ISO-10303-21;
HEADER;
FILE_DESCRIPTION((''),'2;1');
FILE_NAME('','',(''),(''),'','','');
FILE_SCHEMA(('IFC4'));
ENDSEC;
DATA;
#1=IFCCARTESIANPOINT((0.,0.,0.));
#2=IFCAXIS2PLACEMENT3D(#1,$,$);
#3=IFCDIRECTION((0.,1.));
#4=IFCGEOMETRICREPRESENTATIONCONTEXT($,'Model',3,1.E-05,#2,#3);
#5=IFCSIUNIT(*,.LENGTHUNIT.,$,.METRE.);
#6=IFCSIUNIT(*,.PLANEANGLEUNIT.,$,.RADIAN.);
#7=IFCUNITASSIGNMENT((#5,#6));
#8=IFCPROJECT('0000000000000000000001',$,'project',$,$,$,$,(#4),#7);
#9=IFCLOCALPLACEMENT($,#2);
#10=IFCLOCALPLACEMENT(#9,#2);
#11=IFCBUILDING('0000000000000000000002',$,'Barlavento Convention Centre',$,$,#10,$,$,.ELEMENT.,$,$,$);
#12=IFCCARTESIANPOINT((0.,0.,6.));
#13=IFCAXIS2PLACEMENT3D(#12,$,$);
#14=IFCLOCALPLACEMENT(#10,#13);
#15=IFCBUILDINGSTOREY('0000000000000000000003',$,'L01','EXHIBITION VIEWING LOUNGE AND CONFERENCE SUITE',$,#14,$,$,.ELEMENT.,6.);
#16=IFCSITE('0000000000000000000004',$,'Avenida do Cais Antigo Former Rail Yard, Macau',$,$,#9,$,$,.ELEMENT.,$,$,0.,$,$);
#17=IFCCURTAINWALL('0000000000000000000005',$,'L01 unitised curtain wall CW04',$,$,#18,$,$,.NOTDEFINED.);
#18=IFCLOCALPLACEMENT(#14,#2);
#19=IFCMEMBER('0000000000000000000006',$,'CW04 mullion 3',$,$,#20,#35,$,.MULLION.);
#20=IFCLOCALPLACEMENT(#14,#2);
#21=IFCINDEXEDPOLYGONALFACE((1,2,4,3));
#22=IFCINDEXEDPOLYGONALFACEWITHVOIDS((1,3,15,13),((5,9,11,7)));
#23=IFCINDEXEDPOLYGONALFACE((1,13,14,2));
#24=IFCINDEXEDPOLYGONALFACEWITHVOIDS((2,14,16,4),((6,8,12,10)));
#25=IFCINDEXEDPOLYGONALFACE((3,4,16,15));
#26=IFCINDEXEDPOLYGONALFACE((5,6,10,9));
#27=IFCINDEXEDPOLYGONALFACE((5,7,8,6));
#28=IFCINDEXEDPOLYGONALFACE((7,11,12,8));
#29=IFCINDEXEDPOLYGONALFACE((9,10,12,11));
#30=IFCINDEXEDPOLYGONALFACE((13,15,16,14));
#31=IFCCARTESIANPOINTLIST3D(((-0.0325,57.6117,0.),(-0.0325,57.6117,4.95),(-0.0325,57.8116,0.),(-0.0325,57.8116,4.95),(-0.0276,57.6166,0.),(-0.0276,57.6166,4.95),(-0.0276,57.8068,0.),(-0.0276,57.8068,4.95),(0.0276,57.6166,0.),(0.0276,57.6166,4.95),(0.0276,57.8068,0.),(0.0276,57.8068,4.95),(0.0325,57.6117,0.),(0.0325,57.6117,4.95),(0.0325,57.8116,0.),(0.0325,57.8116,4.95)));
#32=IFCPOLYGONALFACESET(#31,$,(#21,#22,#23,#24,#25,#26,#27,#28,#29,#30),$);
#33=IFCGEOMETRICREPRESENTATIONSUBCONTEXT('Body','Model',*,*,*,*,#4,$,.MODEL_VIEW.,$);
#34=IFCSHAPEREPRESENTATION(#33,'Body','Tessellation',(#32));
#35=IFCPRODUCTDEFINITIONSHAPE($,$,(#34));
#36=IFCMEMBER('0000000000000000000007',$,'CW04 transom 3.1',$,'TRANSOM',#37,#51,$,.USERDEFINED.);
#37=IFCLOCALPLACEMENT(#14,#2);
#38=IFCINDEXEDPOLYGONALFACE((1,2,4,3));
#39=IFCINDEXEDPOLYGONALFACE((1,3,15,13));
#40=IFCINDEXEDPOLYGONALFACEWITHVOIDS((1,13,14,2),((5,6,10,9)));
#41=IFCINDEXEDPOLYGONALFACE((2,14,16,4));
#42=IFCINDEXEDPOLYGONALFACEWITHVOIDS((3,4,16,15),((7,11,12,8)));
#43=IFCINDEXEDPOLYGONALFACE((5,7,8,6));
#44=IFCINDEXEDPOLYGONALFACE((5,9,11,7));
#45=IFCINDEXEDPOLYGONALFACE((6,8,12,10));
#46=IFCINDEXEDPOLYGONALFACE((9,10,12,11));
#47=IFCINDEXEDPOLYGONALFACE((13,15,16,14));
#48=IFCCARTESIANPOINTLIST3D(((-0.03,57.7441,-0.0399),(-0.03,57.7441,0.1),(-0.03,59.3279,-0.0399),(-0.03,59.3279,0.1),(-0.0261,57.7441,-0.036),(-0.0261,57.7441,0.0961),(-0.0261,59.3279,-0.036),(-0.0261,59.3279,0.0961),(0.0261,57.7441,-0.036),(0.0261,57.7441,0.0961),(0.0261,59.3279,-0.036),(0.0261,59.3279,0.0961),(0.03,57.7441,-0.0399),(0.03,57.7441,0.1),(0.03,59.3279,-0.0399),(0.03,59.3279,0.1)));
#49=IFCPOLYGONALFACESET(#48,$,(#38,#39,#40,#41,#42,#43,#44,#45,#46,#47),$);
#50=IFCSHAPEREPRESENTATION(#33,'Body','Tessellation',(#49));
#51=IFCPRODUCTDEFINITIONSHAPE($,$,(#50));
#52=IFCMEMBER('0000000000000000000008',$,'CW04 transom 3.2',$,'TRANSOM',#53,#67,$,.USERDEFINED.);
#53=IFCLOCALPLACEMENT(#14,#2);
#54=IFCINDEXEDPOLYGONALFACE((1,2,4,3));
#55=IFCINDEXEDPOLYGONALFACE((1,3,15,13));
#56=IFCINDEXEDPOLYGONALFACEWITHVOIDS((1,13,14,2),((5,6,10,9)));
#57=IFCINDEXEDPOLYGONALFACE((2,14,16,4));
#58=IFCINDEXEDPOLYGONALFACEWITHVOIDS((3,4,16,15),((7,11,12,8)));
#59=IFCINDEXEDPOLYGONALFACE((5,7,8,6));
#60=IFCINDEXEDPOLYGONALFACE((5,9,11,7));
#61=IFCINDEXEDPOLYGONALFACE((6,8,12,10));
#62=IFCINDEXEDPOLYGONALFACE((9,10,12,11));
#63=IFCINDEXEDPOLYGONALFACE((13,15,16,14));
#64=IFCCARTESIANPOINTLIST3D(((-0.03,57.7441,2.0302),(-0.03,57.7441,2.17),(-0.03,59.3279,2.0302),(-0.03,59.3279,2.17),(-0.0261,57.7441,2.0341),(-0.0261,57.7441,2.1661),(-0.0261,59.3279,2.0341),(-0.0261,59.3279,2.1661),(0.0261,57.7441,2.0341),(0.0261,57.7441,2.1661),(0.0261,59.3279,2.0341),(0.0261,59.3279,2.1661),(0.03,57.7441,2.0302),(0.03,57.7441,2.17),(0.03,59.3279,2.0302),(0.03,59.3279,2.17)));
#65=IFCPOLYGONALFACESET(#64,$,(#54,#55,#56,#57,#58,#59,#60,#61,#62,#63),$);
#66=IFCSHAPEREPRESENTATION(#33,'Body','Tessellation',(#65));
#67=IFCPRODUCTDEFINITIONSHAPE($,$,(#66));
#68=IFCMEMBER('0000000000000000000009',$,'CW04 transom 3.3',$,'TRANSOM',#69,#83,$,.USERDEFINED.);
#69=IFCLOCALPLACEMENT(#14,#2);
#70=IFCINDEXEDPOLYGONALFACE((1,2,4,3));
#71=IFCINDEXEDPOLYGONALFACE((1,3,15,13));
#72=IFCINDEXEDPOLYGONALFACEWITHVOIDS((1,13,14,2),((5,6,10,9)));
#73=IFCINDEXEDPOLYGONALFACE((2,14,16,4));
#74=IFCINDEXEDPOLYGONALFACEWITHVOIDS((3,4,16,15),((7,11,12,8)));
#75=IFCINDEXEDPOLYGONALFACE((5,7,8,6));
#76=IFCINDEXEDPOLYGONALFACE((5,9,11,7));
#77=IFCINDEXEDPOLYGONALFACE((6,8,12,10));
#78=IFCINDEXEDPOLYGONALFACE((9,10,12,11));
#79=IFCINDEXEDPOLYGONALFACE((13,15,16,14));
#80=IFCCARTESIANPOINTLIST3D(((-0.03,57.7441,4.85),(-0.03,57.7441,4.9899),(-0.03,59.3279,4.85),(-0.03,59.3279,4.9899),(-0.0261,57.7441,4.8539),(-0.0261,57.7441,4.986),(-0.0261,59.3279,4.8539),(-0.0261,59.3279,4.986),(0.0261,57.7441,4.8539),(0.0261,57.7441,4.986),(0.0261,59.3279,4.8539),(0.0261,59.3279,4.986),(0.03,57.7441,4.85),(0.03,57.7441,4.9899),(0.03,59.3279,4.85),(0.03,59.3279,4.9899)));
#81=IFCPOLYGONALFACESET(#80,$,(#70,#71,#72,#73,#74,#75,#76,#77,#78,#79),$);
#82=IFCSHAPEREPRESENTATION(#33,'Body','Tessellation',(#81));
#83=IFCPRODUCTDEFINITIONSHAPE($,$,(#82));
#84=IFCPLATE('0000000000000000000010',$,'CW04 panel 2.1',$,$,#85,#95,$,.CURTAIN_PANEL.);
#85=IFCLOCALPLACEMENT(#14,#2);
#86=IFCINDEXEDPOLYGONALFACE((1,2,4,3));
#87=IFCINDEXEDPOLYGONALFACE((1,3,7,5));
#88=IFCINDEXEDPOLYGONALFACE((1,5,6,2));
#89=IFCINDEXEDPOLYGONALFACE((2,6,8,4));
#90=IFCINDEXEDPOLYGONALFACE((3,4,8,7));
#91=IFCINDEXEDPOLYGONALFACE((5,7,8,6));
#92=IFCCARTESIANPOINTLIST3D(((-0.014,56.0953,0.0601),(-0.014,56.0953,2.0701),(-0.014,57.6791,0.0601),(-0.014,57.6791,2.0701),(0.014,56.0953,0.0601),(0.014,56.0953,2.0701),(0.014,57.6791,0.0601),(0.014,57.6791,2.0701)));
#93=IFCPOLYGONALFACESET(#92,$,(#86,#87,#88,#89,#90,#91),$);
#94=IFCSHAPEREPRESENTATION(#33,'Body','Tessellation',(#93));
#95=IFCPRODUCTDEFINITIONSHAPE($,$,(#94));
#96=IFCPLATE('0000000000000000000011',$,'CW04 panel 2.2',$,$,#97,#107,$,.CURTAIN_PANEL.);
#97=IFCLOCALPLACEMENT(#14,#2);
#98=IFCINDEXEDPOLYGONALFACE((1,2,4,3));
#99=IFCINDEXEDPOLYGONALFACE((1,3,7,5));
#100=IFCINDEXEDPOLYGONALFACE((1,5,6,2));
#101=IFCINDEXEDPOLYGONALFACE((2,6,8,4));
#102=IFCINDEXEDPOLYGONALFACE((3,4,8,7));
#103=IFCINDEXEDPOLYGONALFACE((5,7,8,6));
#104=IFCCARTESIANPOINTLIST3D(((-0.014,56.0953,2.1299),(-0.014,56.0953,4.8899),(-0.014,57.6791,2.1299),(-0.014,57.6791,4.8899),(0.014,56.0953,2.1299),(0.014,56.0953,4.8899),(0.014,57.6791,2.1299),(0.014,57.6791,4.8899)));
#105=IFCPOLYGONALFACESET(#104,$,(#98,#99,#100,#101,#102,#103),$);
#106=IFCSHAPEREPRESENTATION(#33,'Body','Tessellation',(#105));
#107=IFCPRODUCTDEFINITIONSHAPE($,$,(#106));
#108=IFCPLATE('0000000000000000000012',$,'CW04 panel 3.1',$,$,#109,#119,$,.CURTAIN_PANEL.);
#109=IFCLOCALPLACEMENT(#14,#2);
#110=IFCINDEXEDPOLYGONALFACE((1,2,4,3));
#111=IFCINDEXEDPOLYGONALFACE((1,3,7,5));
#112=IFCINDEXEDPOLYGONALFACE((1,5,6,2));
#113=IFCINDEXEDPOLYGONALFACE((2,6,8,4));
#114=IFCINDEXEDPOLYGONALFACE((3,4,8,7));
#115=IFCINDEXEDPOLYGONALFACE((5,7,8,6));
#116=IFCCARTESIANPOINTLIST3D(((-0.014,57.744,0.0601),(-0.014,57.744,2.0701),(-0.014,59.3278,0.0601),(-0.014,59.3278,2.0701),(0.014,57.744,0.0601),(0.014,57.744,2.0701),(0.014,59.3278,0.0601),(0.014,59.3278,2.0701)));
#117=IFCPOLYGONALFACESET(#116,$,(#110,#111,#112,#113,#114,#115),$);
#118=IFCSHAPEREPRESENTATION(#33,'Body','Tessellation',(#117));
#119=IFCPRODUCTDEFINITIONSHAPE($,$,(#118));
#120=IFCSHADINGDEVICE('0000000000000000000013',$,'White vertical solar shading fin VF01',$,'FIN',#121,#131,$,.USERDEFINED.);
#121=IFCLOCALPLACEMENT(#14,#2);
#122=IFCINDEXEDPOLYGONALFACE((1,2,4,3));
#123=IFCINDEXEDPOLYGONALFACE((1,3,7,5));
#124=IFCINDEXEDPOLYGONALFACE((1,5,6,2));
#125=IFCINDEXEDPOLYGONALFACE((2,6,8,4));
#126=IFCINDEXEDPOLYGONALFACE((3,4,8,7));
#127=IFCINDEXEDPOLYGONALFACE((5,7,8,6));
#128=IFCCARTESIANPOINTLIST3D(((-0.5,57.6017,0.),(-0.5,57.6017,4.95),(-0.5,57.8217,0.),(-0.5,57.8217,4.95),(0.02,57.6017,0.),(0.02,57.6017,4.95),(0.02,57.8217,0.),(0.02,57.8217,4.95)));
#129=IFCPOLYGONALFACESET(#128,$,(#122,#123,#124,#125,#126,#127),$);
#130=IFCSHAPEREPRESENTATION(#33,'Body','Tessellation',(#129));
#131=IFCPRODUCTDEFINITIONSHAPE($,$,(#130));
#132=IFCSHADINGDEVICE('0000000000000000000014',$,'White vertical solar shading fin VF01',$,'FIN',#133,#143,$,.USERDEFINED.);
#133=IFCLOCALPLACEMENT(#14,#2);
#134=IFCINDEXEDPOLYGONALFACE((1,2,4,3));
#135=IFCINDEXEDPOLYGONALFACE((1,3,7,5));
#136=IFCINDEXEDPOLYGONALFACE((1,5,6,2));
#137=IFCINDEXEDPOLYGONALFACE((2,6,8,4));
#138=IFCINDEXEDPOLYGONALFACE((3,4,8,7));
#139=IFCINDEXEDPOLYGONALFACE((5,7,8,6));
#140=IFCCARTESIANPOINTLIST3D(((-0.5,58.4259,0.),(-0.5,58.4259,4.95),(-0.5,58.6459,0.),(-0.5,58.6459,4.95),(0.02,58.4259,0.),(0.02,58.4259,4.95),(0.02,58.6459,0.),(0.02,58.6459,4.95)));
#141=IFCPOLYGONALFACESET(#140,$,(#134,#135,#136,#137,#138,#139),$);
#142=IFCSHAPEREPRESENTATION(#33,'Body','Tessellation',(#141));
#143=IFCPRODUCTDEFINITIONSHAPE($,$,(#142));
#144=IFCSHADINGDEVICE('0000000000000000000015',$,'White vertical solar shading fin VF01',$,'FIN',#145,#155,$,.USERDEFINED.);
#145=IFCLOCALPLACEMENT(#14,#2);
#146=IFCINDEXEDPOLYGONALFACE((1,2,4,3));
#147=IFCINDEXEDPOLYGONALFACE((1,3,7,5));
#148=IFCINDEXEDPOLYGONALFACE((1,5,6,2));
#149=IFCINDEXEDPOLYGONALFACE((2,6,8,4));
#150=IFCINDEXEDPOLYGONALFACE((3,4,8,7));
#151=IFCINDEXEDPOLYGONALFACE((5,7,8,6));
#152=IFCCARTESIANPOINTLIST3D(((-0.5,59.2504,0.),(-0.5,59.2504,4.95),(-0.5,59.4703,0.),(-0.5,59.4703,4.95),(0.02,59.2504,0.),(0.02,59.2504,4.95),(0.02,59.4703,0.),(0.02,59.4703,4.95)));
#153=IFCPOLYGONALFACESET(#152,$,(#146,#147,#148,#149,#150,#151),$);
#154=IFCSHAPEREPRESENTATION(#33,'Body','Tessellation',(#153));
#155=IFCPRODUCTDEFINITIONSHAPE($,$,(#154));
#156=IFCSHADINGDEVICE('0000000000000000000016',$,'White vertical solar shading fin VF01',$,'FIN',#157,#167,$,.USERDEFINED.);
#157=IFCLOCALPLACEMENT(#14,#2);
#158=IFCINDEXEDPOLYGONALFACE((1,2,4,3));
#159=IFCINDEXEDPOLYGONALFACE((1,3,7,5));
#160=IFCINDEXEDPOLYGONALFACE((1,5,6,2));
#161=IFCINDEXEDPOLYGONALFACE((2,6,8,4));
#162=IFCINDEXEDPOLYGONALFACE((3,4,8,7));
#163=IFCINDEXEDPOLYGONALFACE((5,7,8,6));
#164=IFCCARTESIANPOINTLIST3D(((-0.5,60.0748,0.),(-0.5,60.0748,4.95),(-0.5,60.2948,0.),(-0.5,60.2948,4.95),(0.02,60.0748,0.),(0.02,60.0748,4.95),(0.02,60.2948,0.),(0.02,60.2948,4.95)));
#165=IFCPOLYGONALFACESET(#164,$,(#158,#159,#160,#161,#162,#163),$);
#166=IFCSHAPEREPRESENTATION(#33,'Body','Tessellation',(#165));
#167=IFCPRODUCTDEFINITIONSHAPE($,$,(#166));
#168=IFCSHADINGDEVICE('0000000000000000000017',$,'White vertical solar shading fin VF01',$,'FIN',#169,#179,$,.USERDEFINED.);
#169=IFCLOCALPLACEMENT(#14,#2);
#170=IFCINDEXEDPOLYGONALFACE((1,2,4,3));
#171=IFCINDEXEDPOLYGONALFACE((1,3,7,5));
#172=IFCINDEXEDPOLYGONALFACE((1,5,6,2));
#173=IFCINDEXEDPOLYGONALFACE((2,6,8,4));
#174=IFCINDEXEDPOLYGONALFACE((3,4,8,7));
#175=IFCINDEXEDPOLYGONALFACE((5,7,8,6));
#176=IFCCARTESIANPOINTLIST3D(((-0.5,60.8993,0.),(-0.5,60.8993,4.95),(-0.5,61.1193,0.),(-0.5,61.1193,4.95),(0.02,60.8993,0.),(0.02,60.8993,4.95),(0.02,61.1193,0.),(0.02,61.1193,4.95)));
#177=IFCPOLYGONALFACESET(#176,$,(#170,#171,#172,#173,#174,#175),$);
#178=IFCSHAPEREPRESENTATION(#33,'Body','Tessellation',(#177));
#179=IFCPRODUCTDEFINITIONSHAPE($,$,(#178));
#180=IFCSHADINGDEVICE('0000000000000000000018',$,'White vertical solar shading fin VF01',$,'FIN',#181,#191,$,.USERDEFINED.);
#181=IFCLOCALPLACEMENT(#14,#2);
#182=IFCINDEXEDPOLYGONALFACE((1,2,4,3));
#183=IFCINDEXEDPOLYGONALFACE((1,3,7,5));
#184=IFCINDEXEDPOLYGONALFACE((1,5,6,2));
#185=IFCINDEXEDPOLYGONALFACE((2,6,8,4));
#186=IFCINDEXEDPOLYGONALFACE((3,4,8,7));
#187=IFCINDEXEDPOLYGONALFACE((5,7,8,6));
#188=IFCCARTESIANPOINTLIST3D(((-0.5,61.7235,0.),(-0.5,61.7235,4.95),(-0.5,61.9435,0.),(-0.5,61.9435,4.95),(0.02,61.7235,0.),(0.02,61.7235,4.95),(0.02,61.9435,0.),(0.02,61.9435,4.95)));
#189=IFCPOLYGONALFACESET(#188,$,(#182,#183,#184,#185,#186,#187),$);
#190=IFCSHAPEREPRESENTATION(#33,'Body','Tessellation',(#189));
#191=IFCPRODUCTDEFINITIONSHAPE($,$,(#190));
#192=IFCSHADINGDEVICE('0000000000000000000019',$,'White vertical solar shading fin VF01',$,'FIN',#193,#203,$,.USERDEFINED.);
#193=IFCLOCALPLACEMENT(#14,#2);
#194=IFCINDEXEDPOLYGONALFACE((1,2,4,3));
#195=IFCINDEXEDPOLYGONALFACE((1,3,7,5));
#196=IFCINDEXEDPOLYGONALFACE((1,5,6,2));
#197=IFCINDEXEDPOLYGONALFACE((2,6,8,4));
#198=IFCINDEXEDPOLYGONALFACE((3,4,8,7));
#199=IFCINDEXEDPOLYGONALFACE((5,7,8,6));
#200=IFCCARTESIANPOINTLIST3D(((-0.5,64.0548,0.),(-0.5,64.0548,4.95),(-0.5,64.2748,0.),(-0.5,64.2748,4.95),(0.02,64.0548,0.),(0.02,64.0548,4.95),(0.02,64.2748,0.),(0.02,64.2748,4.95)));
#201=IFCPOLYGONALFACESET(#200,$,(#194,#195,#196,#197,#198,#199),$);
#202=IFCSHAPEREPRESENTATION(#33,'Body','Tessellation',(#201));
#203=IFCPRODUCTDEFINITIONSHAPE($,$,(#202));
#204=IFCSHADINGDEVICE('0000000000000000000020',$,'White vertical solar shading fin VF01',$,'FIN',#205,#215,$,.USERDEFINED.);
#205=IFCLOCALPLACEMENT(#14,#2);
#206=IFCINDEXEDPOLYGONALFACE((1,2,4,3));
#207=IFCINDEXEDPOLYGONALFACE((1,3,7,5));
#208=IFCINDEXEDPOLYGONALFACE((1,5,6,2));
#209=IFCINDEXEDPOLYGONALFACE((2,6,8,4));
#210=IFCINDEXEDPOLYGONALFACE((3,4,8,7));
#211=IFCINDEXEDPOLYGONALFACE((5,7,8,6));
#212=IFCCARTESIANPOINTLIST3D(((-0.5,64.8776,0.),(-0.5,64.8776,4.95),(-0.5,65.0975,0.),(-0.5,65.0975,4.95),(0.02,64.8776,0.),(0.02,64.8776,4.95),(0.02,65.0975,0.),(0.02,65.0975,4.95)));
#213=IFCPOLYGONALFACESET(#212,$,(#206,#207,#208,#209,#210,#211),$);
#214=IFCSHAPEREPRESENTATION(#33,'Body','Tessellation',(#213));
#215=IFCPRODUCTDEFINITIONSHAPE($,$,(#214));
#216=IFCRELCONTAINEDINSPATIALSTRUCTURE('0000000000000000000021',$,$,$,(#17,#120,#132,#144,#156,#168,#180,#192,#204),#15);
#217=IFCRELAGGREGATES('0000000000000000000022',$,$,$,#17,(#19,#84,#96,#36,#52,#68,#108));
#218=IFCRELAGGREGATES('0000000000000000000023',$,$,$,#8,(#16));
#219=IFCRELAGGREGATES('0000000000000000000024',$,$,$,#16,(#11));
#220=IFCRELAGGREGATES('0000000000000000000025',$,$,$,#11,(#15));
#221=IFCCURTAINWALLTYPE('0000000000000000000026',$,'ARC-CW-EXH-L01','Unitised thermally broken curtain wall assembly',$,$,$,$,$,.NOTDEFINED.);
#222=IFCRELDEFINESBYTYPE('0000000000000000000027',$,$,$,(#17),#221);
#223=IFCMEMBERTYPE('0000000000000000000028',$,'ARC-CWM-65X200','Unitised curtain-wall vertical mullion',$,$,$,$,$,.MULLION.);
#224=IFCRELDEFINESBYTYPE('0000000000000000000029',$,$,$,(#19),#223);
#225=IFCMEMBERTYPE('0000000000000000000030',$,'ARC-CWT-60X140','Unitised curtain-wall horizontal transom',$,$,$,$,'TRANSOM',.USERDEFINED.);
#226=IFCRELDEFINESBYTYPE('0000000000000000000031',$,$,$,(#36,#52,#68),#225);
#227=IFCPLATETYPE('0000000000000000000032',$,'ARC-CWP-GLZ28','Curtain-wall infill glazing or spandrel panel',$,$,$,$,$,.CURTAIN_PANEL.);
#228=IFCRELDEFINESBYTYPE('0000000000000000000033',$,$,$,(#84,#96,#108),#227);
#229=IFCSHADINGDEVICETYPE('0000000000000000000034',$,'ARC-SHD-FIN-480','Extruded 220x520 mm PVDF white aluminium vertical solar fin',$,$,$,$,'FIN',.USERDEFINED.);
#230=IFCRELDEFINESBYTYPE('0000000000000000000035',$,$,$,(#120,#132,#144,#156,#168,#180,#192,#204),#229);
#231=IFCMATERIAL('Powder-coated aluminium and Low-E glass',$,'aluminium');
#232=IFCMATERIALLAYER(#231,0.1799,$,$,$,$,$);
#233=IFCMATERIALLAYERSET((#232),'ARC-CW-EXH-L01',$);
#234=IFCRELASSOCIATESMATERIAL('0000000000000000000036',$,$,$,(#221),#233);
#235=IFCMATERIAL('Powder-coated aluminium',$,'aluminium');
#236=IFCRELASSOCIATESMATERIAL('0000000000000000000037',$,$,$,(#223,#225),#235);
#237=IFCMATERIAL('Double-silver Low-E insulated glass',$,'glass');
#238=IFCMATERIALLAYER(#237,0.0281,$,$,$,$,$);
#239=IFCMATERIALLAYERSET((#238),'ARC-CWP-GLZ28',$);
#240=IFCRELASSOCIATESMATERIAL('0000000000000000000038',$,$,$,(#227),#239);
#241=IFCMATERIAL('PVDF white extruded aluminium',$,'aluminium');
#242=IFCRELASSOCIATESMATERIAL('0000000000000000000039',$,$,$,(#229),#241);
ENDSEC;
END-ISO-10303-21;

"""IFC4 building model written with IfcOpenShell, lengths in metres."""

from ifc_helpers import new_model, si_unit, direction, frame, origin, origin_2d, place, context, subcontext, project, spatial, rectangle, hollow_rectangle, extrude, material, layer, layer_set, material_profile, profile_set, type_object, element, aggregate, save


model = new_model("IFC4")

# Units and contexts
model_context = context("Model", 3, precision=1e-05, world=origin(), true_north=direction((0.0, 1.0)))
body_context = subcontext(model_context, "Body", "Model", "MODEL_VIEW")
ifc_project = project(units=[si_unit("LENGTHUNIT", "METRE"), si_unit("PLANEANGLEUNIT", "RADIAN")], contexts=[model_context])

# Site, building, storey
site_placement = place(None, origin())
site = spatial("IfcSite", under=ifc_project, at=site_placement, Name="Avenida do Cais Antigo Former Rail Yard, Macau", CompositionType="ELEMENT", RefElevation=0.0)
building_placement = place(site_placement, origin())
building = spatial("IfcBuilding", under=site, at=building_placement, Name="Barlavento Convention Centre", CompositionType="ELEMENT")
storey_placement = place(building_placement, frame((0.0, 0.0, 6.0)))
storey = spatial("IfcBuildingStorey", under=building, at=storey_placement, Name="L01", Description="EXHIBITION VIEWING LOUNGE AND CONFERENCE SUITE", CompositionType="ELEMENT", Elevation=6.0)

# Curtain wall, members, plates
ifc_material_1 = material(Name="Powder-coated aluminium and Low-E glass", Category="aluminium")
ifc_layer_1 = layer(ifc_material_1, 0.1799)
ifc_layer_set_1 = layer_set([ifc_layer_1], Name="ARC-CW-EXH-L01")
curtain_wall_type = type_object("IfcCurtainWallType", Name="ARC-CW-EXH-L01", Description="Unitised thermally broken curtain wall assembly", PredefinedType="NOTDEFINED", material=ifc_layer_set_1)
curtain_wall_placement = place(storey_placement, origin())
curtain_wall = element("IfcCurtainWall", 1, at=curtain_wall_placement, inside=storey, type_object=curtain_wall_type, Name="L01 unitised curtain wall CW04", PredefinedType="NOTDEFINED")
ifc_material_2 = material(Name="Powder-coated aluminium", Category="aluminium")
ifc_material_profile_1 = material_profile(ifc_material_2, hollow_rectangle(XDim=0.0649, YDim=0.2, WallThickness=0.0049, at=origin_2d()), Name="AL-MULL 65x200x5")
ifc_profile_set_1 = profile_set([ifc_material_profile_1], Name="Powder-coated aluminium")
member_type_1 = type_object("IfcMemberType", Name="ARC-CWM-65X200", Description="Unitised curtain-wall vertical mullion", PredefinedType="MULLION", material=ifc_profile_set_1)
member_1_placement = place(storey_placement, frame((0.0, 57.7117, 0.0), z_axis=(0.0, 0.0, 1.0), x_axis=(-1.0, 0.0, 0.0)))
member_1 = element("IfcMember", 2, at=member_1_placement, type_object=member_type_1, Name="CW04 mullion 3", PredefinedType="MULLION", context=body_context, shape_type="SweptSolid", body=[
    extrude(hollow_rectangle(XDim=0.0649, YDim=0.2, WallThickness=0.0049, at=origin_2d()), origin(), (0.0, 0.0, 1.0), 4.95),
])
ifc_material_profile_2 = material_profile(ifc_material_2, hollow_rectangle(XDim=0.0601, YDim=0.1399, WallThickness=0.0039, at=origin_2d()), Name="AL-TRAN 60x140x4")
ifc_profile_set_2 = profile_set([ifc_material_profile_2], Name="Powder-coated aluminium")
member_type_2 = type_object("IfcMemberType", Name="ARC-CWT-60X140", Description="Unitised curtain-wall horizontal transom", ElementType="TRANSOM", PredefinedType="USERDEFINED", material=ifc_profile_set_2)
member_2_placement = place(storey_placement, frame((0.0, 57.7441, 0.03), z_axis=(0.0, 1.0, 0.0), x_axis=(-1.0, 0.0, 0.0)))
member_2 = element("IfcMember", 3, at=member_2_placement, type_object=member_type_2, Name="CW04 transom 3.1", ObjectType="TRANSOM", PredefinedType="USERDEFINED", context=body_context, shape_type="SweptSolid", body=[
    extrude(hollow_rectangle(XDim=0.0601, YDim=0.1399, WallThickness=0.0039, at=origin_2d()), origin(), (0.0, 0.0, 1.0), 1.5837),
])
member_3_placement = place(storey_placement, frame((0.0, 57.7441, 2.1001), z_axis=(0.0, 1.0, 0.0), x_axis=(-1.0, 0.0, 0.0)))
member_3 = element("IfcMember", 4, at=member_3_placement, type_object=member_type_2, Name="CW04 transom 3.2", ObjectType="TRANSOM", PredefinedType="USERDEFINED", context=body_context, shape_type="SweptSolid", body=[
    extrude(hollow_rectangle(XDim=0.0601, YDim=0.1399, WallThickness=0.0039, at=origin_2d()), origin(), (0.0, 0.0, 1.0), 1.5837),
])
member_4_placement = place(storey_placement, frame((0.0, 57.7441, 4.9199), z_axis=(0.0, 1.0, 0.0), x_axis=(-1.0, 0.0, 0.0)))
member_4 = element("IfcMember", 5, at=member_4_placement, type_object=member_type_2, Name="CW04 transom 3.3", ObjectType="TRANSOM", PredefinedType="USERDEFINED", context=body_context, shape_type="SweptSolid", body=[
    extrude(hollow_rectangle(XDim=0.0601, YDim=0.1399, WallThickness=0.0039, at=origin_2d()), origin(), (0.0, 0.0, 1.0), 1.5837),
])
ifc_material_3 = material(Name="Double-silver Low-E insulated glass", Category="glass")
ifc_layer_2 = layer(ifc_material_3, 0.0281)
ifc_layer_set_2 = layer_set([ifc_layer_2], Name="ARC-CWP-GLZ28")
plate_type = type_object("IfcPlateType", Name="ARC-CWP-GLZ28", Description="Curtain-wall infill glazing or spandrel panel", PredefinedType="CURTAIN_PANEL", material=ifc_layer_set_2)
plate_1_placement = place(storey_placement, frame((0.0, 56.8872, 0.0601), z_axis=(0.0, 0.0, 1.0), x_axis=(0.0, 1.0, 0.0)))
plate_1 = element("IfcPlate", 6, at=plate_1_placement, type_object=plate_type, Name="CW04 panel 2.1", PredefinedType="CURTAIN_PANEL", context=body_context, shape_type="SweptSolid", body=[
    extrude(rectangle(XDim=1.5837, YDim=0.0281, at=origin_2d()), origin(), (0.0, 0.0, 1.0), 2.01),
])
plate_2_placement = place(storey_placement, frame((0.0, 56.8872, 2.1299), z_axis=(0.0, 0.0, 1.0), x_axis=(0.0, 1.0, 0.0)))
plate_2 = element("IfcPlate", 7, at=plate_2_placement, type_object=plate_type, Name="CW04 panel 2.2", PredefinedType="CURTAIN_PANEL", context=body_context, shape_type="SweptSolid", body=[
    extrude(rectangle(XDim=1.5837, YDim=0.0281, at=origin_2d()), origin(), (0.0, 0.0, 1.0), 2.76),
])
plate_3_placement = place(storey_placement, frame((0.0, 58.5359, 0.0601), z_axis=(0.0, 0.0, 1.0), x_axis=(0.0, 1.0, 0.0)))
plate_3 = element("IfcPlate", 8, at=plate_3_placement, type_object=plate_type, Name="CW04 panel 3.1", PredefinedType="CURTAIN_PANEL", context=body_context, shape_type="SweptSolid", body=[
    extrude(rectangle(XDim=1.5837, YDim=0.0281, at=origin_2d()), origin(), (0.0, 0.0, 1.0), 2.01),
])
aggregate(curtain_wall, [member_1, plate_1, plate_2, member_2, member_3, member_4, plate_3])

# Shading devices
ifc_material_4 = material(Name="PVDF white extruded aluminium", Category="aluminium")
shading_device_type = type_object("IfcShadingDeviceType", Name="ARC-SHD-FIN-480", Description="Extruded 220x520 mm PVDF white aluminium vertical solar fin", ElementType="FIN", PredefinedType="USERDEFINED", material=ifc_material_4)
for number, where, z_axis, x_axis, name in (
    (9, (-0.24, 57.7117, 0.0), (0.0, 0.0, 1.0), (0.0, 1.0, 0.0), "White vertical solar shading fin VF01"),
    (10, (-0.24, 58.5359, 0.0), (0.0, 0.0, 1.0), (0.0, 1.0, 0.0), "White vertical solar shading fin VF01"),
    (11, (-0.24, 59.3604, 0.0), (0.0, 0.0, 1.0), (0.0, 1.0, 0.0), "White vertical solar shading fin VF01"),
    (12, (-0.24, 60.1848, 0.0), (0.0, 0.0, 1.0), (0.0, 1.0, 0.0), "White vertical solar shading fin VF01"),
    (13, (-0.24, 61.0093, 0.0), (0.0, 0.0, 1.0), (0.0, 1.0, 0.0), "White vertical solar shading fin VF01"),
    (14, (-0.24, 61.8335, 0.0), (0.0, 0.0, 1.0), (0.0, 1.0, 0.0), "White vertical solar shading fin VF01"),
    (15, (-0.24, 64.1648, 0.0), (0.0, 0.0, 1.0), (0.0, 1.0, 0.0), "White vertical solar shading fin VF01"),
    (16, (-0.24, 64.9875, 0.0), (0.0, 0.0, 1.0), (0.0, 1.0, 0.0), "White vertical solar shading fin VF01"),
):
    element("IfcShadingDevice", number, at=place(storey_placement, frame(where, z_axis=z_axis, x_axis=x_axis)), inside=storey, type_object=shading_device_type, Name=name, ObjectType="FIN", PredefinedType="USERDEFINED", context=body_context, shape_type="SweptSolid", body=[
        extrude(rectangle(XDim=0.22, YDim=0.52, at=origin_2d()), origin(), (0.0, 0.0, 1.0), 4.95),
    ])

save(model, "model.ifc")
